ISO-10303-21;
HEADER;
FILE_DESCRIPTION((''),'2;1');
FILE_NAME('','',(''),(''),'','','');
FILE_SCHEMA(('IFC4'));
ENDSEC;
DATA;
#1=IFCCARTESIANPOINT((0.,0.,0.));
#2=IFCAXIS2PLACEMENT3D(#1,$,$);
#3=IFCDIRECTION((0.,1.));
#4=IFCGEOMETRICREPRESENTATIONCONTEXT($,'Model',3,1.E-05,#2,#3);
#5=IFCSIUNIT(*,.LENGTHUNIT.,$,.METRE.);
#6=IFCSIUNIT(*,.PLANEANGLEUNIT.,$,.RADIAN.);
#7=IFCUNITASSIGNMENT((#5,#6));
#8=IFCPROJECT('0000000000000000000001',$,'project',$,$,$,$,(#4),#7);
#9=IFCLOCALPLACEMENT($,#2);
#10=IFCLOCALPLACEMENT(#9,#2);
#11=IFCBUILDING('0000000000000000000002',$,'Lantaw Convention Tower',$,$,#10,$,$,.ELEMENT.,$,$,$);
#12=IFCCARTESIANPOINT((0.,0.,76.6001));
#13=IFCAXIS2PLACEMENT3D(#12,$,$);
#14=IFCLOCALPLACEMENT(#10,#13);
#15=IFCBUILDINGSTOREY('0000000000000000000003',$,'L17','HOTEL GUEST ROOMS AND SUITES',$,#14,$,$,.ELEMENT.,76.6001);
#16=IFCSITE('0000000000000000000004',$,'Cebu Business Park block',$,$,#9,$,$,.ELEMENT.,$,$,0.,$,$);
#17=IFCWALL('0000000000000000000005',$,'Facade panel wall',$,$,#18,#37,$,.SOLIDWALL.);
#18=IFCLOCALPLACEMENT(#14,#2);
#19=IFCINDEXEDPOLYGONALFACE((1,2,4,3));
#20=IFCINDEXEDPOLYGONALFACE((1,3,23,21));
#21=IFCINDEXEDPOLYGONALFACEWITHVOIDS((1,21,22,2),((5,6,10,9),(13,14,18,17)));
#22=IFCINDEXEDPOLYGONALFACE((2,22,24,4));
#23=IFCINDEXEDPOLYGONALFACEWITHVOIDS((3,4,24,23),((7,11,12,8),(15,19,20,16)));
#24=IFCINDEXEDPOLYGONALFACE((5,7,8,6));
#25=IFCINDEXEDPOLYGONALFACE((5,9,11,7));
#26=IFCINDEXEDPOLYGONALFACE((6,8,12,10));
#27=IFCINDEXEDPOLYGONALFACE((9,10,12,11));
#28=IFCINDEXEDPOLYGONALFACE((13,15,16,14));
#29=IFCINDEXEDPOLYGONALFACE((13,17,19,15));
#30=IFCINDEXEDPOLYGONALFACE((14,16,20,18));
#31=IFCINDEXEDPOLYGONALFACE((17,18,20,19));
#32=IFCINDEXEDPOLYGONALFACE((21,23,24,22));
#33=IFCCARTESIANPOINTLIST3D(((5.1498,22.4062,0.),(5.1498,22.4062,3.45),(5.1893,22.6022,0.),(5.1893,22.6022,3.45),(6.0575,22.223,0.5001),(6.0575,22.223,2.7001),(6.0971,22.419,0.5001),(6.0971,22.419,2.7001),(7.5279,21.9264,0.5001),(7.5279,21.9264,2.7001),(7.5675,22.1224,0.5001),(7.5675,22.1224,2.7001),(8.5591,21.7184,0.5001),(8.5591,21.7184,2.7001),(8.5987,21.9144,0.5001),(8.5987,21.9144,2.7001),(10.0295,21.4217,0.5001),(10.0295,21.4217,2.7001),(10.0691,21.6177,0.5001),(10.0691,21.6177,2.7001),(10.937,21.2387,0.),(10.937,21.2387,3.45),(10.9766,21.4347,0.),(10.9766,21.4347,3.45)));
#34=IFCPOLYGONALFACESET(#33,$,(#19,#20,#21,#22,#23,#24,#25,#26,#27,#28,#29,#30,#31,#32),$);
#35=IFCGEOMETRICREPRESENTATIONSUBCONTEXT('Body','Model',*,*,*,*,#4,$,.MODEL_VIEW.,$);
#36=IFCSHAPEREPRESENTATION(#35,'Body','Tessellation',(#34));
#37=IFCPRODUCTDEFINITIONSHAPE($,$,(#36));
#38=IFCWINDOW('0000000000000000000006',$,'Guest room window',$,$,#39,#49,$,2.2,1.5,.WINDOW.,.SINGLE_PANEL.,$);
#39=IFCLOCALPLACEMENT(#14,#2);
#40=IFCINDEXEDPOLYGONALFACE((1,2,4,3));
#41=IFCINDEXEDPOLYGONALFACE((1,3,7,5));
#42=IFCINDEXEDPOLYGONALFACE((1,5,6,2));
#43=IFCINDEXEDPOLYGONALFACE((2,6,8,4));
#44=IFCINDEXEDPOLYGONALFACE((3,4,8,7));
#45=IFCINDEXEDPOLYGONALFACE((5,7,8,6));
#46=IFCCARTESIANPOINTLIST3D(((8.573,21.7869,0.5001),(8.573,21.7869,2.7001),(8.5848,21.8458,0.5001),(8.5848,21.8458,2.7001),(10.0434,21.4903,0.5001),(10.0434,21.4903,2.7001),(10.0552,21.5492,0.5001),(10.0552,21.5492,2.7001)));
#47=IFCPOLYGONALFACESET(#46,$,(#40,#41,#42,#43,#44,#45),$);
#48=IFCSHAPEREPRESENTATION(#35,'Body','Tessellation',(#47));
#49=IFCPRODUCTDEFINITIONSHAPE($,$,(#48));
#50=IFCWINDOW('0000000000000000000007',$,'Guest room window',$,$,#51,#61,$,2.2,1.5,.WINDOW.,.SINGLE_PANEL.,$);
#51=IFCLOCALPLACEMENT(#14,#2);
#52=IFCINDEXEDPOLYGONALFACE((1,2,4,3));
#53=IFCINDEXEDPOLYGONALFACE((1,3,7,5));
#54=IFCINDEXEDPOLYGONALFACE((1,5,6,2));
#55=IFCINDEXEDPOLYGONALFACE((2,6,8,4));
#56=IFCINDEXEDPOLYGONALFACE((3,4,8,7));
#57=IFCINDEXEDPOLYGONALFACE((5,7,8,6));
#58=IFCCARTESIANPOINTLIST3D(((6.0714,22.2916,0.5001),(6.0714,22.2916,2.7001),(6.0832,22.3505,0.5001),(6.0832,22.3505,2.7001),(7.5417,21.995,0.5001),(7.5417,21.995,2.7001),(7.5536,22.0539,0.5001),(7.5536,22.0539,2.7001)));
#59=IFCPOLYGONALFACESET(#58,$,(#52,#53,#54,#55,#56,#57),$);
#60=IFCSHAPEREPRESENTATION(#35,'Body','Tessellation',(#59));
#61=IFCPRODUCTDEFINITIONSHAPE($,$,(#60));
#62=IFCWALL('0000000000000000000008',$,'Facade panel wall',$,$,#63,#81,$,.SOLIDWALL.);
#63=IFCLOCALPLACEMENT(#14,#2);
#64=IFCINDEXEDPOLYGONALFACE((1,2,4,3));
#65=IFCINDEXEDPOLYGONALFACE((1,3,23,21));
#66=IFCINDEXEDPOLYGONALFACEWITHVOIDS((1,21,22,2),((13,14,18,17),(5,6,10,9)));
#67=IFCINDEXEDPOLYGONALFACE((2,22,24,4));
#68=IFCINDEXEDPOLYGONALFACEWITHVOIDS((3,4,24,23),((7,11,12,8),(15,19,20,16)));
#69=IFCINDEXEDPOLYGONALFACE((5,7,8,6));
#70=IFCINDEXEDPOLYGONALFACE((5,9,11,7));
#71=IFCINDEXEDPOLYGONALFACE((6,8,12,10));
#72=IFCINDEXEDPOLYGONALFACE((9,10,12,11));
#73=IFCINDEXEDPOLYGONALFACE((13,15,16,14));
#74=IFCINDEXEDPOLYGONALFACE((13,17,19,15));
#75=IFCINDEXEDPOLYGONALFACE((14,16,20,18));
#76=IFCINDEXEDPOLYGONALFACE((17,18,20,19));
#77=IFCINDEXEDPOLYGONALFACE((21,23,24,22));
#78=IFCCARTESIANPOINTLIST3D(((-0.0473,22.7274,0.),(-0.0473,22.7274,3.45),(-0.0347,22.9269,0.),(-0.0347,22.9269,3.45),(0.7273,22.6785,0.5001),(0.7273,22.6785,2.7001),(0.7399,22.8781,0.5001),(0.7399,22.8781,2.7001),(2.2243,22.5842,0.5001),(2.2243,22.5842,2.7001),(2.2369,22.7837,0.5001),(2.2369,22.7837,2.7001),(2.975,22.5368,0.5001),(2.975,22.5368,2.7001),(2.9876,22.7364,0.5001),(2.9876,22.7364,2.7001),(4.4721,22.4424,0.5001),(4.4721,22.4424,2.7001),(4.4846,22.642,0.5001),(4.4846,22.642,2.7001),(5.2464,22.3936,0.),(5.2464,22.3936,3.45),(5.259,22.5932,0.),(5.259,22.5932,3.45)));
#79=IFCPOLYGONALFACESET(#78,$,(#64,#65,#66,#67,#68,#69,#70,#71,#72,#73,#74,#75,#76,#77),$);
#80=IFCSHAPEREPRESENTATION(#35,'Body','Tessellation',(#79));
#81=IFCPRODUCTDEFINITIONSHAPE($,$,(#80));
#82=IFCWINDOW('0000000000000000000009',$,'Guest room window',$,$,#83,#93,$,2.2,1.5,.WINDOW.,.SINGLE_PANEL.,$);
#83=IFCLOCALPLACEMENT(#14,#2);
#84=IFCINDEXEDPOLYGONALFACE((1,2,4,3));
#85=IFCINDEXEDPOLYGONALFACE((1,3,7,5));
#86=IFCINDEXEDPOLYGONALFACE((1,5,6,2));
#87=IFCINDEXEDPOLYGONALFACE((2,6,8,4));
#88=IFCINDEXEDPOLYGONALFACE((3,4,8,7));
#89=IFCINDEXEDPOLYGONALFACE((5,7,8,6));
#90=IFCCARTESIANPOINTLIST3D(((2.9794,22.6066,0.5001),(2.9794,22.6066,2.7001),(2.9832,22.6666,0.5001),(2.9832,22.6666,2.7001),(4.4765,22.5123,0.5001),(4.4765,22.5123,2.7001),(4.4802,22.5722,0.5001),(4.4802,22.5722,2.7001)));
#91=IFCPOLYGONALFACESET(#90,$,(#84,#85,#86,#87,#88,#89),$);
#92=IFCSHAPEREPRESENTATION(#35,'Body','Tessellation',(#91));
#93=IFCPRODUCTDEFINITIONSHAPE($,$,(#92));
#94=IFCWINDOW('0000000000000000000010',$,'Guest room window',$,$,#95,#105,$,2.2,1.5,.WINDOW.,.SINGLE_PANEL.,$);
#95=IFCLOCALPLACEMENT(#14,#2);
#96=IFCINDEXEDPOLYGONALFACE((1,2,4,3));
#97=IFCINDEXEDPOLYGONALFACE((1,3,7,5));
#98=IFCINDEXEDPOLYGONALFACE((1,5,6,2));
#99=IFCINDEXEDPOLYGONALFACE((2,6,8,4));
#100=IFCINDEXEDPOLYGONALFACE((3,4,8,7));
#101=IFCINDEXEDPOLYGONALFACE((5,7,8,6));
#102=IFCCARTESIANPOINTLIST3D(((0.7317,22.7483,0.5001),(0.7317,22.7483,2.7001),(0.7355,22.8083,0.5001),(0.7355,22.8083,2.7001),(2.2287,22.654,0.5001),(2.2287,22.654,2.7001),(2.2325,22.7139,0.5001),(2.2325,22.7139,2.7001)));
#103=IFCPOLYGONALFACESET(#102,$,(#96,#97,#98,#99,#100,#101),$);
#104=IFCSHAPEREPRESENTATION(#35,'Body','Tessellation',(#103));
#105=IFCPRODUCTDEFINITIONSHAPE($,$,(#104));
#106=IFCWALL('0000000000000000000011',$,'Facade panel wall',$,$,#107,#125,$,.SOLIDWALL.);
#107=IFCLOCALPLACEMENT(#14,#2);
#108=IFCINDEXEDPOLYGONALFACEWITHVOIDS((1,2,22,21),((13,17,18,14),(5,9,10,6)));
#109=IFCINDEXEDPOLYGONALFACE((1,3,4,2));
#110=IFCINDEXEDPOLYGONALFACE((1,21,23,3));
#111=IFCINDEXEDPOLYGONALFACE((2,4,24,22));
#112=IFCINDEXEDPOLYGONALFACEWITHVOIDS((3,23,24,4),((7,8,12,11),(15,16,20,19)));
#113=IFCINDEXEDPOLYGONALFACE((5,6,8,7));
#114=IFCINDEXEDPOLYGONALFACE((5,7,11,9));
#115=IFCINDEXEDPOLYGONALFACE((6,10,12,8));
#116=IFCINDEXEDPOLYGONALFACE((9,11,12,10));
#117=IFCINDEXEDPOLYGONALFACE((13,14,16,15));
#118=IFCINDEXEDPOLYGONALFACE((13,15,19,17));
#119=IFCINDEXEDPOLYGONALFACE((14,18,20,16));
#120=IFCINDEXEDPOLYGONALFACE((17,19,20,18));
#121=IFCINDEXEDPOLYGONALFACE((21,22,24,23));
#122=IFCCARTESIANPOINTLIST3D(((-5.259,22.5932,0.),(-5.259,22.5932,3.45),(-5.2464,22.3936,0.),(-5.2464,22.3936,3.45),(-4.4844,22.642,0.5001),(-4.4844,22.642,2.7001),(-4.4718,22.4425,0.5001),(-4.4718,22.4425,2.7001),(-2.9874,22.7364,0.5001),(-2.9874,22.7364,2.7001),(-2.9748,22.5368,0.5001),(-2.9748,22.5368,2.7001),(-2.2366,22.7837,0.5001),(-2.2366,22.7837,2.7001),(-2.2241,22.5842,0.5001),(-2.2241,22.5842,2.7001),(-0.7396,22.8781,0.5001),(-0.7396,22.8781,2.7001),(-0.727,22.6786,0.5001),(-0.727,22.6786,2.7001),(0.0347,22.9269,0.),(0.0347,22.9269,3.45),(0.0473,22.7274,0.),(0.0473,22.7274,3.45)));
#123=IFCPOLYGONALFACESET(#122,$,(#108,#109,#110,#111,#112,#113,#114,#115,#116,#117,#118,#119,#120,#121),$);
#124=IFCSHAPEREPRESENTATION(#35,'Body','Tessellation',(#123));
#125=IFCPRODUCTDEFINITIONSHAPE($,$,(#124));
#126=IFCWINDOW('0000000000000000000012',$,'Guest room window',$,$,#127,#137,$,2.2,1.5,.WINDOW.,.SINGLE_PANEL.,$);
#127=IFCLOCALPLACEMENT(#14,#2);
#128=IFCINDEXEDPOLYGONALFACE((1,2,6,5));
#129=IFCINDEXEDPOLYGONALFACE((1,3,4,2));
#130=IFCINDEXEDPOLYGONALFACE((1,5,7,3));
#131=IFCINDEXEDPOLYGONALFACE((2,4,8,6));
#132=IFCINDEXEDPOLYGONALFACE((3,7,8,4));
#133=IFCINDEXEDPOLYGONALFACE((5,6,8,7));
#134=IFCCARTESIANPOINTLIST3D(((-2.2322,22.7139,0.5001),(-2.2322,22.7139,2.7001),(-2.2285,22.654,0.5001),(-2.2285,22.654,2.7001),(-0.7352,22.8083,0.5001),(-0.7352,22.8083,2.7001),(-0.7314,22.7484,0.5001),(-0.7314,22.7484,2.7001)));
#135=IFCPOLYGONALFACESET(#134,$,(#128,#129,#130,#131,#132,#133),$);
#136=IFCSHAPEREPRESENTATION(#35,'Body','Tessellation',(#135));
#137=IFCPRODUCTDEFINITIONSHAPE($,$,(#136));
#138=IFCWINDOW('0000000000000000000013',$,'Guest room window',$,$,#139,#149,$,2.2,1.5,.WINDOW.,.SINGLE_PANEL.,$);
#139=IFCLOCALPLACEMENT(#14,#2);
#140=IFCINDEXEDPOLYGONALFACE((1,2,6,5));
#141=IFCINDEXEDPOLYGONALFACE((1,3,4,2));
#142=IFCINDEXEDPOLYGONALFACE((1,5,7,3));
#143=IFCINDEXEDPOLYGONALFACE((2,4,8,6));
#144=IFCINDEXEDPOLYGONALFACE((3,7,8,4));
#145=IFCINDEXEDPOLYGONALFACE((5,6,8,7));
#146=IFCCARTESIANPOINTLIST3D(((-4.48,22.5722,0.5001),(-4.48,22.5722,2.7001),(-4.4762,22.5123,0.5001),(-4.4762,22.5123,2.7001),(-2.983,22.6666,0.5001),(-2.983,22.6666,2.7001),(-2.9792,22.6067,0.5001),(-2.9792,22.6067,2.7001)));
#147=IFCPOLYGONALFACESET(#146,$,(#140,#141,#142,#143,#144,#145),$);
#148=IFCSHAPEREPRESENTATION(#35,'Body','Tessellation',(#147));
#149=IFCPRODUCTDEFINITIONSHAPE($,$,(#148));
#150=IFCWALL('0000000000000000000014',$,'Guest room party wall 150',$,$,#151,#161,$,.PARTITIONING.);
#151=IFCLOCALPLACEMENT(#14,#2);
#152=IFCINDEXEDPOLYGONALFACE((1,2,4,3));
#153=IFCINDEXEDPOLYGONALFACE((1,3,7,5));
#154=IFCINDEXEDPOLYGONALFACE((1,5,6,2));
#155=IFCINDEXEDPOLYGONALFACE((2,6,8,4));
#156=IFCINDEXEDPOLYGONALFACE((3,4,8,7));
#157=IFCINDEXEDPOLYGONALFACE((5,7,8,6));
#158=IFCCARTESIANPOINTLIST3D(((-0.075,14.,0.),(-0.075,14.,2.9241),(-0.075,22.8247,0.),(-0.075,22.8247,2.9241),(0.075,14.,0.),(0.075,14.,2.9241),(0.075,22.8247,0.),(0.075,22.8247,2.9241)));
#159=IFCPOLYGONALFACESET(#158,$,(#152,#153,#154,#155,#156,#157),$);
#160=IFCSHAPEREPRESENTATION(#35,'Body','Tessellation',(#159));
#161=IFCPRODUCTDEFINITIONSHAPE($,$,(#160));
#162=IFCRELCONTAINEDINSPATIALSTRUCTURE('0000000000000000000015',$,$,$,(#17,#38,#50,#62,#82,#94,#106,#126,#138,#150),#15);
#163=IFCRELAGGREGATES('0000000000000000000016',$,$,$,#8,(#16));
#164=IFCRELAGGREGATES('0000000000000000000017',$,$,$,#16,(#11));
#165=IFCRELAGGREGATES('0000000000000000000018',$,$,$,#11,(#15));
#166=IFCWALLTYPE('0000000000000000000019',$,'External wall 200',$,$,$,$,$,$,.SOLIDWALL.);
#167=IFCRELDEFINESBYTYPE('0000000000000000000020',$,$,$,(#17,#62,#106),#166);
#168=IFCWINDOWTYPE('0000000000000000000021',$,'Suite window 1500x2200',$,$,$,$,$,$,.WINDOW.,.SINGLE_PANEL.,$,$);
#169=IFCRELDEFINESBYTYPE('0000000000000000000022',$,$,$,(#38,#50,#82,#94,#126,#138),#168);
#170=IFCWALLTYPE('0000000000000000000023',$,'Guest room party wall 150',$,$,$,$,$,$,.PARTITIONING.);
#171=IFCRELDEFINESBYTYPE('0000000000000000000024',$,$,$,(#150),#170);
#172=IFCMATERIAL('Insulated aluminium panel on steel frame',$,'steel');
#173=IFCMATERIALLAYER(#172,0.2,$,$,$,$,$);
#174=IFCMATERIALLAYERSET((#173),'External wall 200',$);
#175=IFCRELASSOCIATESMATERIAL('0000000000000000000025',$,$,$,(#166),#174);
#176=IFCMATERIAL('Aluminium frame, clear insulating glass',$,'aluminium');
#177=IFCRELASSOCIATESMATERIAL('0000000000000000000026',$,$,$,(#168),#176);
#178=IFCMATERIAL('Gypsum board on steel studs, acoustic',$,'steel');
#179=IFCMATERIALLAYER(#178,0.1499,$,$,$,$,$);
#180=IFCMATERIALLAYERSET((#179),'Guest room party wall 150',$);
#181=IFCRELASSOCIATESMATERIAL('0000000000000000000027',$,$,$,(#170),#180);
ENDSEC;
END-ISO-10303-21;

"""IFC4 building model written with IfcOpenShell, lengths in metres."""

from ifc_helpers import new_model, si_unit, direction, frame, frame_2d, origin, place, context, subcontext, project, spatial, rectangle, extrude, material, layer, layer_set, type_object, element, fill, save


model = new_model("IFC4")

# Units and contexts
model_context = context("Model", 3, precision=1e-05, world=origin(), true_north=direction((0.0, 1.0)))
body_context = subcontext(model_context, "Body", "Model", "MODEL_VIEW")
ifc_project = project(units=[si_unit("LENGTHUNIT", "METRE"), si_unit("PLANEANGLEUNIT", "RADIAN")], contexts=[model_context])

# Site, building, storey
site_placement = place(None, origin())
site = spatial("IfcSite", under=ifc_project, at=site_placement, Name="Cebu Business Park block", CompositionType="ELEMENT", RefElevation=0.0)
building_placement = place(site_placement, origin())
building = spatial("IfcBuilding", under=site, at=building_placement, Name="Lantaw Convention Tower", CompositionType="ELEMENT")
storey_placement = place(building_placement, frame((0.0, 0.0, 76.6001)))
storey = spatial("IfcBuildingStorey", under=building, at=storey_placement, Name="L17", Description="HOTEL GUEST ROOMS AND SUITES", CompositionType="ELEMENT", Elevation=76.6001)

# Walls, openings, windows
ifc_material_1 = material(Name="Insulated aluminium panel on steel frame", Category="steel")
ifc_layer_1 = layer(ifc_material_1, 0.2)
ifc_layer_set_1 = layer_set([ifc_layer_1], Name="External wall 200")
wall_type_1 = type_object("IfcWallType", Name="External wall 200", PredefinedType="SOLIDWALL", material=ifc_layer_set_1)
wall_1_placement = place(storey_placement, frame((10.9568, 21.3367, 0.0), z_axis=(0.0, 0.0, 1.0), x_axis=(-0.980252, 0.197754, 0.0)))
wall_1 = element("IfcWall", 1, at=wall_1_placement, inside=storey, type_object=wall_type_1, Name="Facade panel wall", PredefinedType="SOLIDWALL", context=body_context, shape_type="SweptSolid", body=[
    extrude(rectangle(XDim=5.9038, YDim=0.2, at=frame_2d((2.9519, 0.0))), origin(), (0.0, 0.0, 1.0), 3.45),
])
opening_1_placement = place(wall_1_placement, frame((0.9258, 0.0, 0.5)))
opening_1 = element("IfcOpeningElement", 2, at=opening_1_placement, cuts=wall_1, PredefinedType="OPENING", context=body_context, shape_type="SweptSolid", body=[
    extrude(rectangle(XDim=1.5, YDim=2.2, at=frame_2d((0.75, 1.1001))), frame((0.0, 0.1099, 0.0), z_axis=(0.0, -1.0, 0.0), x_axis=(1.0, 0.0, 0.0)), (0.0, 0.0, 1.0), 0.22),
])
opening_2_placement = place(wall_1_placement, frame((3.4778, 0.0, 0.5)))
opening_2 = element("IfcOpeningElement", 3, at=opening_2_placement, cuts=wall_1, PredefinedType="OPENING", context=body_context, shape_type="SweptSolid", body=[
    extrude(rectangle(XDim=1.5, YDim=2.2, at=frame_2d((0.75, 1.1001))), frame((0.0, 0.1099, 0.0), z_axis=(0.0, -1.0, 0.0), x_axis=(1.0, 0.0, 0.0)), (0.0, 0.0, 1.0), 0.22),
])
ifc_material_2 = material(Name="Aluminium frame, clear insulating glass", Category="aluminium")
window_type = type_object("IfcWindowType", Name="Suite window 1500x2200", PartitioningType="SINGLE_PANEL", PredefinedType="WINDOW", material=ifc_material_2)
window_1_placement = place(opening_1_placement, origin())
window_1 = element("IfcWindow", 4, at=window_1_placement, inside=storey, type_object=window_type, Name="Guest room window", OverallHeight=2.2, OverallWidth=1.5, PartitioningType="SINGLE_PANEL", PredefinedType="WINDOW", context=body_context, shape_type="SweptSolid", body=[
    extrude(rectangle(XDim=1.5, YDim=2.2, at=frame_2d((0.75, 1.1001))), frame((0.0, 0.03, 0.0), z_axis=(0.0, -1.0, 0.0), x_axis=(1.0, 0.0, 0.0)), (0.0, 0.0, 1.0), 0.0601),
])
fill(opening_1, window_1)
window_2_placement = place(opening_2_placement, origin())
window_2 = element("IfcWindow", 5, at=window_2_placement, inside=storey, type_object=window_type, Name="Guest room window", OverallHeight=2.2, OverallWidth=1.5, PartitioningType="SINGLE_PANEL", PredefinedType="WINDOW", context=body_context, shape_type="SweptSolid", body=[
    extrude(rectangle(XDim=1.5, YDim=2.2, at=frame_2d((0.75, 1.1001))), frame((0.0, 0.03, 0.0), z_axis=(0.0, -1.0, 0.0), x_axis=(1.0, 0.0, 0.0)), (0.0, 0.0, 1.0), 0.0601),
])
fill(opening_2, window_2)
wall_2_placement = place(storey_placement, frame((5.2527, 22.4934, 0.0), z_axis=(0.0, 0.0, 1.0), x_axis=(-0.998019, 0.06292, 0.0)))
wall_2 = element("IfcWall", 6, at=wall_2_placement, inside=storey, type_object=wall_type_1, Name="Facade panel wall", PredefinedType="SOLIDWALL", context=body_context, shape_type="SweptSolid", body=[
    extrude(rectangle(XDim=5.3042, YDim=0.2, at=frame_2d((2.6521, 0.0))), origin(), (0.0, 0.0, 1.0), 3.45),
])
opening_3_placement = place(wall_2_placement, frame((0.7759, 0.0, 0.5)))
opening_3 = element("IfcOpeningElement", 7, at=opening_3_placement, cuts=wall_2, PredefinedType="OPENING", context=body_context, shape_type="SweptSolid", body=[
    extrude(rectangle(XDim=1.5, YDim=2.2, at=frame_2d((0.75, 1.1001))), frame((0.0, 0.1099, 0.0), z_axis=(0.0, -1.0, 0.0), x_axis=(1.0, 0.0, 0.0)), (0.0, 0.0, 1.0), 0.22),
])
opening_4_placement = place(wall_2_placement, frame((3.0281, 0.0, 0.5)))
opening_4 = element("IfcOpeningElement", 8, at=opening_4_placement, cuts=wall_2, PredefinedType="OPENING", context=body_context, shape_type="SweptSolid", body=[
    extrude(rectangle(XDim=1.5, YDim=2.2, at=frame_2d((0.75, 1.1001))), frame((0.0, 0.1099, 0.0), z_axis=(0.0, -1.0, 0.0), x_axis=(1.0, 0.0, 0.0)), (0.0, 0.0, 1.0), 0.22),
])
window_3_placement = place(opening_3_placement, origin())
window_3 = element("IfcWindow", 9, at=window_3_placement, inside=storey, type_object=window_type, Name="Guest room window", OverallHeight=2.2, OverallWidth=1.5, PartitioningType="SINGLE_PANEL", PredefinedType="WINDOW", context=body_context, shape_type="SweptSolid", body=[
    extrude(rectangle(XDim=1.5, YDim=2.2, at=frame_2d((0.75, 1.1001))), frame((0.0, 0.03, 0.0), z_axis=(0.0, -1.0, 0.0), x_axis=(1.0, 0.0, 0.0)), (0.0, 0.0, 1.0), 0.0601),
])
fill(opening_3, window_3)
window_4_placement = place(opening_4_placement, origin())
window_4 = element("IfcWindow", 10, at=window_4_placement, inside=storey, type_object=window_type, Name="Guest room window", OverallHeight=2.2, OverallWidth=1.5, PartitioningType="SINGLE_PANEL", PredefinedType="WINDOW", context=body_context, shape_type="SweptSolid", body=[
    extrude(rectangle(XDim=1.5, YDim=2.2, at=frame_2d((0.75, 1.1001))), frame((0.0, 0.03, 0.0), z_axis=(0.0, -1.0, 0.0), x_axis=(1.0, 0.0, 0.0)), (0.0, 0.0, 1.0), 0.0601),
])
fill(opening_4, window_4)
wall_3_placement = place(storey_placement, frame((0.041, 22.8271, 0.0), z_axis=(0.0, 0.0, 1.0), x_axis=(-0.998019, -0.06292, 0.0)))
wall_3 = element("IfcWall", 11, at=wall_3_placement, inside=storey, type_object=wall_type_1, Name="Facade panel wall", PredefinedType="SOLIDWALL", context=body_context, shape_type="SweptSolid", body=[
    extrude(rectangle(XDim=5.3042, YDim=0.2, at=frame_2d((2.6521, 0.0))), origin(), (0.0, 0.0, 1.0), 3.45),
])
opening_5_placement = place(wall_3_placement, frame((0.7759, 0.0, 0.5)))
opening_5 = element("IfcOpeningElement", 12, at=opening_5_placement, cuts=wall_3, PredefinedType="OPENING", context=body_context, shape_type="SweptSolid", body=[
    extrude(rectangle(XDim=1.5, YDim=2.2, at=frame_2d((0.75, 1.1001))), frame((0.0, 0.1099, 0.0), z_axis=(0.0, -1.0, 0.0), x_axis=(1.0, 0.0, 0.0)), (0.0, 0.0, 1.0), 0.22),
])
opening_6_placement = place(wall_3_placement, frame((3.0281, 0.0, 0.5)))
opening_6 = element("IfcOpeningElement", 13, at=opening_6_placement, cuts=wall_3, PredefinedType="OPENING", context=body_context, shape_type="SweptSolid", body=[
    extrude(rectangle(XDim=1.5, YDim=2.2, at=frame_2d((0.75, 1.1001))), frame((0.0, 0.1099, 0.0), z_axis=(0.0, -1.0, 0.0), x_axis=(1.0, 0.0, 0.0)), (0.0, 0.0, 1.0), 0.22),
])
window_5_placement = place(opening_5_placement, origin())
window_5 = element("IfcWindow", 14, at=window_5_placement, inside=storey, type_object=window_type, Name="Guest room window", OverallHeight=2.2, OverallWidth=1.5, PartitioningType="SINGLE_PANEL", PredefinedType="WINDOW", context=body_context, shape_type="SweptSolid", body=[
    extrude(rectangle(XDim=1.5, YDim=2.2, at=frame_2d((0.75, 1.1001))), frame((0.0, 0.03, 0.0), z_axis=(0.0, -1.0, 0.0), x_axis=(1.0, 0.0, 0.0)), (0.0, 0.0, 1.0), 0.0601),
])
fill(opening_5, window_5)
window_6_placement = place(opening_6_placement, origin())
window_6 = element("IfcWindow", 15, at=window_6_placement, inside=storey, type_object=window_type, Name="Guest room window", OverallHeight=2.2, OverallWidth=1.5, PartitioningType="SINGLE_PANEL", PredefinedType="WINDOW", context=body_context, shape_type="SweptSolid", body=[
    extrude(rectangle(XDim=1.5, YDim=2.2, at=frame_2d((0.75, 1.1001))), frame((0.0, 0.03, 0.0), z_axis=(0.0, -1.0, 0.0), x_axis=(1.0, 0.0, 0.0)), (0.0, 0.0, 1.0), 0.0601),
])
fill(opening_6, window_6)

# Wall
ifc_material_3 = material(Name="Gypsum board on steel studs, acoustic", Category="steel")
ifc_layer_2 = layer(ifc_material_3, 0.1499)
ifc_layer_set_2 = layer_set([ifc_layer_2], Name="Guest room party wall 150")
wall_type_2 = type_object("IfcWallType", Name="Guest room party wall 150", PredefinedType="PARTITIONING", material=ifc_layer_set_2)
wall_4_placement = place(storey_placement, frame((0.0, 22.8247, 0.0), z_axis=(0.0, 0.0, 1.0), x_axis=(0.0, -1.0, 0.0)))
element("IfcWall", 16, at=wall_4_placement, inside=storey, type_object=wall_type_2, Name="Guest room party wall 150", PredefinedType="PARTITIONING", context=body_context, shape_type="SweptSolid", body=[
    extrude(rectangle(XDim=8.8247, YDim=0.1499, at=frame_2d((4.4124, 0.0))), origin(), (0.0, 0.0, 1.0), 2.9241),
])

save(model, "model.ifc")
